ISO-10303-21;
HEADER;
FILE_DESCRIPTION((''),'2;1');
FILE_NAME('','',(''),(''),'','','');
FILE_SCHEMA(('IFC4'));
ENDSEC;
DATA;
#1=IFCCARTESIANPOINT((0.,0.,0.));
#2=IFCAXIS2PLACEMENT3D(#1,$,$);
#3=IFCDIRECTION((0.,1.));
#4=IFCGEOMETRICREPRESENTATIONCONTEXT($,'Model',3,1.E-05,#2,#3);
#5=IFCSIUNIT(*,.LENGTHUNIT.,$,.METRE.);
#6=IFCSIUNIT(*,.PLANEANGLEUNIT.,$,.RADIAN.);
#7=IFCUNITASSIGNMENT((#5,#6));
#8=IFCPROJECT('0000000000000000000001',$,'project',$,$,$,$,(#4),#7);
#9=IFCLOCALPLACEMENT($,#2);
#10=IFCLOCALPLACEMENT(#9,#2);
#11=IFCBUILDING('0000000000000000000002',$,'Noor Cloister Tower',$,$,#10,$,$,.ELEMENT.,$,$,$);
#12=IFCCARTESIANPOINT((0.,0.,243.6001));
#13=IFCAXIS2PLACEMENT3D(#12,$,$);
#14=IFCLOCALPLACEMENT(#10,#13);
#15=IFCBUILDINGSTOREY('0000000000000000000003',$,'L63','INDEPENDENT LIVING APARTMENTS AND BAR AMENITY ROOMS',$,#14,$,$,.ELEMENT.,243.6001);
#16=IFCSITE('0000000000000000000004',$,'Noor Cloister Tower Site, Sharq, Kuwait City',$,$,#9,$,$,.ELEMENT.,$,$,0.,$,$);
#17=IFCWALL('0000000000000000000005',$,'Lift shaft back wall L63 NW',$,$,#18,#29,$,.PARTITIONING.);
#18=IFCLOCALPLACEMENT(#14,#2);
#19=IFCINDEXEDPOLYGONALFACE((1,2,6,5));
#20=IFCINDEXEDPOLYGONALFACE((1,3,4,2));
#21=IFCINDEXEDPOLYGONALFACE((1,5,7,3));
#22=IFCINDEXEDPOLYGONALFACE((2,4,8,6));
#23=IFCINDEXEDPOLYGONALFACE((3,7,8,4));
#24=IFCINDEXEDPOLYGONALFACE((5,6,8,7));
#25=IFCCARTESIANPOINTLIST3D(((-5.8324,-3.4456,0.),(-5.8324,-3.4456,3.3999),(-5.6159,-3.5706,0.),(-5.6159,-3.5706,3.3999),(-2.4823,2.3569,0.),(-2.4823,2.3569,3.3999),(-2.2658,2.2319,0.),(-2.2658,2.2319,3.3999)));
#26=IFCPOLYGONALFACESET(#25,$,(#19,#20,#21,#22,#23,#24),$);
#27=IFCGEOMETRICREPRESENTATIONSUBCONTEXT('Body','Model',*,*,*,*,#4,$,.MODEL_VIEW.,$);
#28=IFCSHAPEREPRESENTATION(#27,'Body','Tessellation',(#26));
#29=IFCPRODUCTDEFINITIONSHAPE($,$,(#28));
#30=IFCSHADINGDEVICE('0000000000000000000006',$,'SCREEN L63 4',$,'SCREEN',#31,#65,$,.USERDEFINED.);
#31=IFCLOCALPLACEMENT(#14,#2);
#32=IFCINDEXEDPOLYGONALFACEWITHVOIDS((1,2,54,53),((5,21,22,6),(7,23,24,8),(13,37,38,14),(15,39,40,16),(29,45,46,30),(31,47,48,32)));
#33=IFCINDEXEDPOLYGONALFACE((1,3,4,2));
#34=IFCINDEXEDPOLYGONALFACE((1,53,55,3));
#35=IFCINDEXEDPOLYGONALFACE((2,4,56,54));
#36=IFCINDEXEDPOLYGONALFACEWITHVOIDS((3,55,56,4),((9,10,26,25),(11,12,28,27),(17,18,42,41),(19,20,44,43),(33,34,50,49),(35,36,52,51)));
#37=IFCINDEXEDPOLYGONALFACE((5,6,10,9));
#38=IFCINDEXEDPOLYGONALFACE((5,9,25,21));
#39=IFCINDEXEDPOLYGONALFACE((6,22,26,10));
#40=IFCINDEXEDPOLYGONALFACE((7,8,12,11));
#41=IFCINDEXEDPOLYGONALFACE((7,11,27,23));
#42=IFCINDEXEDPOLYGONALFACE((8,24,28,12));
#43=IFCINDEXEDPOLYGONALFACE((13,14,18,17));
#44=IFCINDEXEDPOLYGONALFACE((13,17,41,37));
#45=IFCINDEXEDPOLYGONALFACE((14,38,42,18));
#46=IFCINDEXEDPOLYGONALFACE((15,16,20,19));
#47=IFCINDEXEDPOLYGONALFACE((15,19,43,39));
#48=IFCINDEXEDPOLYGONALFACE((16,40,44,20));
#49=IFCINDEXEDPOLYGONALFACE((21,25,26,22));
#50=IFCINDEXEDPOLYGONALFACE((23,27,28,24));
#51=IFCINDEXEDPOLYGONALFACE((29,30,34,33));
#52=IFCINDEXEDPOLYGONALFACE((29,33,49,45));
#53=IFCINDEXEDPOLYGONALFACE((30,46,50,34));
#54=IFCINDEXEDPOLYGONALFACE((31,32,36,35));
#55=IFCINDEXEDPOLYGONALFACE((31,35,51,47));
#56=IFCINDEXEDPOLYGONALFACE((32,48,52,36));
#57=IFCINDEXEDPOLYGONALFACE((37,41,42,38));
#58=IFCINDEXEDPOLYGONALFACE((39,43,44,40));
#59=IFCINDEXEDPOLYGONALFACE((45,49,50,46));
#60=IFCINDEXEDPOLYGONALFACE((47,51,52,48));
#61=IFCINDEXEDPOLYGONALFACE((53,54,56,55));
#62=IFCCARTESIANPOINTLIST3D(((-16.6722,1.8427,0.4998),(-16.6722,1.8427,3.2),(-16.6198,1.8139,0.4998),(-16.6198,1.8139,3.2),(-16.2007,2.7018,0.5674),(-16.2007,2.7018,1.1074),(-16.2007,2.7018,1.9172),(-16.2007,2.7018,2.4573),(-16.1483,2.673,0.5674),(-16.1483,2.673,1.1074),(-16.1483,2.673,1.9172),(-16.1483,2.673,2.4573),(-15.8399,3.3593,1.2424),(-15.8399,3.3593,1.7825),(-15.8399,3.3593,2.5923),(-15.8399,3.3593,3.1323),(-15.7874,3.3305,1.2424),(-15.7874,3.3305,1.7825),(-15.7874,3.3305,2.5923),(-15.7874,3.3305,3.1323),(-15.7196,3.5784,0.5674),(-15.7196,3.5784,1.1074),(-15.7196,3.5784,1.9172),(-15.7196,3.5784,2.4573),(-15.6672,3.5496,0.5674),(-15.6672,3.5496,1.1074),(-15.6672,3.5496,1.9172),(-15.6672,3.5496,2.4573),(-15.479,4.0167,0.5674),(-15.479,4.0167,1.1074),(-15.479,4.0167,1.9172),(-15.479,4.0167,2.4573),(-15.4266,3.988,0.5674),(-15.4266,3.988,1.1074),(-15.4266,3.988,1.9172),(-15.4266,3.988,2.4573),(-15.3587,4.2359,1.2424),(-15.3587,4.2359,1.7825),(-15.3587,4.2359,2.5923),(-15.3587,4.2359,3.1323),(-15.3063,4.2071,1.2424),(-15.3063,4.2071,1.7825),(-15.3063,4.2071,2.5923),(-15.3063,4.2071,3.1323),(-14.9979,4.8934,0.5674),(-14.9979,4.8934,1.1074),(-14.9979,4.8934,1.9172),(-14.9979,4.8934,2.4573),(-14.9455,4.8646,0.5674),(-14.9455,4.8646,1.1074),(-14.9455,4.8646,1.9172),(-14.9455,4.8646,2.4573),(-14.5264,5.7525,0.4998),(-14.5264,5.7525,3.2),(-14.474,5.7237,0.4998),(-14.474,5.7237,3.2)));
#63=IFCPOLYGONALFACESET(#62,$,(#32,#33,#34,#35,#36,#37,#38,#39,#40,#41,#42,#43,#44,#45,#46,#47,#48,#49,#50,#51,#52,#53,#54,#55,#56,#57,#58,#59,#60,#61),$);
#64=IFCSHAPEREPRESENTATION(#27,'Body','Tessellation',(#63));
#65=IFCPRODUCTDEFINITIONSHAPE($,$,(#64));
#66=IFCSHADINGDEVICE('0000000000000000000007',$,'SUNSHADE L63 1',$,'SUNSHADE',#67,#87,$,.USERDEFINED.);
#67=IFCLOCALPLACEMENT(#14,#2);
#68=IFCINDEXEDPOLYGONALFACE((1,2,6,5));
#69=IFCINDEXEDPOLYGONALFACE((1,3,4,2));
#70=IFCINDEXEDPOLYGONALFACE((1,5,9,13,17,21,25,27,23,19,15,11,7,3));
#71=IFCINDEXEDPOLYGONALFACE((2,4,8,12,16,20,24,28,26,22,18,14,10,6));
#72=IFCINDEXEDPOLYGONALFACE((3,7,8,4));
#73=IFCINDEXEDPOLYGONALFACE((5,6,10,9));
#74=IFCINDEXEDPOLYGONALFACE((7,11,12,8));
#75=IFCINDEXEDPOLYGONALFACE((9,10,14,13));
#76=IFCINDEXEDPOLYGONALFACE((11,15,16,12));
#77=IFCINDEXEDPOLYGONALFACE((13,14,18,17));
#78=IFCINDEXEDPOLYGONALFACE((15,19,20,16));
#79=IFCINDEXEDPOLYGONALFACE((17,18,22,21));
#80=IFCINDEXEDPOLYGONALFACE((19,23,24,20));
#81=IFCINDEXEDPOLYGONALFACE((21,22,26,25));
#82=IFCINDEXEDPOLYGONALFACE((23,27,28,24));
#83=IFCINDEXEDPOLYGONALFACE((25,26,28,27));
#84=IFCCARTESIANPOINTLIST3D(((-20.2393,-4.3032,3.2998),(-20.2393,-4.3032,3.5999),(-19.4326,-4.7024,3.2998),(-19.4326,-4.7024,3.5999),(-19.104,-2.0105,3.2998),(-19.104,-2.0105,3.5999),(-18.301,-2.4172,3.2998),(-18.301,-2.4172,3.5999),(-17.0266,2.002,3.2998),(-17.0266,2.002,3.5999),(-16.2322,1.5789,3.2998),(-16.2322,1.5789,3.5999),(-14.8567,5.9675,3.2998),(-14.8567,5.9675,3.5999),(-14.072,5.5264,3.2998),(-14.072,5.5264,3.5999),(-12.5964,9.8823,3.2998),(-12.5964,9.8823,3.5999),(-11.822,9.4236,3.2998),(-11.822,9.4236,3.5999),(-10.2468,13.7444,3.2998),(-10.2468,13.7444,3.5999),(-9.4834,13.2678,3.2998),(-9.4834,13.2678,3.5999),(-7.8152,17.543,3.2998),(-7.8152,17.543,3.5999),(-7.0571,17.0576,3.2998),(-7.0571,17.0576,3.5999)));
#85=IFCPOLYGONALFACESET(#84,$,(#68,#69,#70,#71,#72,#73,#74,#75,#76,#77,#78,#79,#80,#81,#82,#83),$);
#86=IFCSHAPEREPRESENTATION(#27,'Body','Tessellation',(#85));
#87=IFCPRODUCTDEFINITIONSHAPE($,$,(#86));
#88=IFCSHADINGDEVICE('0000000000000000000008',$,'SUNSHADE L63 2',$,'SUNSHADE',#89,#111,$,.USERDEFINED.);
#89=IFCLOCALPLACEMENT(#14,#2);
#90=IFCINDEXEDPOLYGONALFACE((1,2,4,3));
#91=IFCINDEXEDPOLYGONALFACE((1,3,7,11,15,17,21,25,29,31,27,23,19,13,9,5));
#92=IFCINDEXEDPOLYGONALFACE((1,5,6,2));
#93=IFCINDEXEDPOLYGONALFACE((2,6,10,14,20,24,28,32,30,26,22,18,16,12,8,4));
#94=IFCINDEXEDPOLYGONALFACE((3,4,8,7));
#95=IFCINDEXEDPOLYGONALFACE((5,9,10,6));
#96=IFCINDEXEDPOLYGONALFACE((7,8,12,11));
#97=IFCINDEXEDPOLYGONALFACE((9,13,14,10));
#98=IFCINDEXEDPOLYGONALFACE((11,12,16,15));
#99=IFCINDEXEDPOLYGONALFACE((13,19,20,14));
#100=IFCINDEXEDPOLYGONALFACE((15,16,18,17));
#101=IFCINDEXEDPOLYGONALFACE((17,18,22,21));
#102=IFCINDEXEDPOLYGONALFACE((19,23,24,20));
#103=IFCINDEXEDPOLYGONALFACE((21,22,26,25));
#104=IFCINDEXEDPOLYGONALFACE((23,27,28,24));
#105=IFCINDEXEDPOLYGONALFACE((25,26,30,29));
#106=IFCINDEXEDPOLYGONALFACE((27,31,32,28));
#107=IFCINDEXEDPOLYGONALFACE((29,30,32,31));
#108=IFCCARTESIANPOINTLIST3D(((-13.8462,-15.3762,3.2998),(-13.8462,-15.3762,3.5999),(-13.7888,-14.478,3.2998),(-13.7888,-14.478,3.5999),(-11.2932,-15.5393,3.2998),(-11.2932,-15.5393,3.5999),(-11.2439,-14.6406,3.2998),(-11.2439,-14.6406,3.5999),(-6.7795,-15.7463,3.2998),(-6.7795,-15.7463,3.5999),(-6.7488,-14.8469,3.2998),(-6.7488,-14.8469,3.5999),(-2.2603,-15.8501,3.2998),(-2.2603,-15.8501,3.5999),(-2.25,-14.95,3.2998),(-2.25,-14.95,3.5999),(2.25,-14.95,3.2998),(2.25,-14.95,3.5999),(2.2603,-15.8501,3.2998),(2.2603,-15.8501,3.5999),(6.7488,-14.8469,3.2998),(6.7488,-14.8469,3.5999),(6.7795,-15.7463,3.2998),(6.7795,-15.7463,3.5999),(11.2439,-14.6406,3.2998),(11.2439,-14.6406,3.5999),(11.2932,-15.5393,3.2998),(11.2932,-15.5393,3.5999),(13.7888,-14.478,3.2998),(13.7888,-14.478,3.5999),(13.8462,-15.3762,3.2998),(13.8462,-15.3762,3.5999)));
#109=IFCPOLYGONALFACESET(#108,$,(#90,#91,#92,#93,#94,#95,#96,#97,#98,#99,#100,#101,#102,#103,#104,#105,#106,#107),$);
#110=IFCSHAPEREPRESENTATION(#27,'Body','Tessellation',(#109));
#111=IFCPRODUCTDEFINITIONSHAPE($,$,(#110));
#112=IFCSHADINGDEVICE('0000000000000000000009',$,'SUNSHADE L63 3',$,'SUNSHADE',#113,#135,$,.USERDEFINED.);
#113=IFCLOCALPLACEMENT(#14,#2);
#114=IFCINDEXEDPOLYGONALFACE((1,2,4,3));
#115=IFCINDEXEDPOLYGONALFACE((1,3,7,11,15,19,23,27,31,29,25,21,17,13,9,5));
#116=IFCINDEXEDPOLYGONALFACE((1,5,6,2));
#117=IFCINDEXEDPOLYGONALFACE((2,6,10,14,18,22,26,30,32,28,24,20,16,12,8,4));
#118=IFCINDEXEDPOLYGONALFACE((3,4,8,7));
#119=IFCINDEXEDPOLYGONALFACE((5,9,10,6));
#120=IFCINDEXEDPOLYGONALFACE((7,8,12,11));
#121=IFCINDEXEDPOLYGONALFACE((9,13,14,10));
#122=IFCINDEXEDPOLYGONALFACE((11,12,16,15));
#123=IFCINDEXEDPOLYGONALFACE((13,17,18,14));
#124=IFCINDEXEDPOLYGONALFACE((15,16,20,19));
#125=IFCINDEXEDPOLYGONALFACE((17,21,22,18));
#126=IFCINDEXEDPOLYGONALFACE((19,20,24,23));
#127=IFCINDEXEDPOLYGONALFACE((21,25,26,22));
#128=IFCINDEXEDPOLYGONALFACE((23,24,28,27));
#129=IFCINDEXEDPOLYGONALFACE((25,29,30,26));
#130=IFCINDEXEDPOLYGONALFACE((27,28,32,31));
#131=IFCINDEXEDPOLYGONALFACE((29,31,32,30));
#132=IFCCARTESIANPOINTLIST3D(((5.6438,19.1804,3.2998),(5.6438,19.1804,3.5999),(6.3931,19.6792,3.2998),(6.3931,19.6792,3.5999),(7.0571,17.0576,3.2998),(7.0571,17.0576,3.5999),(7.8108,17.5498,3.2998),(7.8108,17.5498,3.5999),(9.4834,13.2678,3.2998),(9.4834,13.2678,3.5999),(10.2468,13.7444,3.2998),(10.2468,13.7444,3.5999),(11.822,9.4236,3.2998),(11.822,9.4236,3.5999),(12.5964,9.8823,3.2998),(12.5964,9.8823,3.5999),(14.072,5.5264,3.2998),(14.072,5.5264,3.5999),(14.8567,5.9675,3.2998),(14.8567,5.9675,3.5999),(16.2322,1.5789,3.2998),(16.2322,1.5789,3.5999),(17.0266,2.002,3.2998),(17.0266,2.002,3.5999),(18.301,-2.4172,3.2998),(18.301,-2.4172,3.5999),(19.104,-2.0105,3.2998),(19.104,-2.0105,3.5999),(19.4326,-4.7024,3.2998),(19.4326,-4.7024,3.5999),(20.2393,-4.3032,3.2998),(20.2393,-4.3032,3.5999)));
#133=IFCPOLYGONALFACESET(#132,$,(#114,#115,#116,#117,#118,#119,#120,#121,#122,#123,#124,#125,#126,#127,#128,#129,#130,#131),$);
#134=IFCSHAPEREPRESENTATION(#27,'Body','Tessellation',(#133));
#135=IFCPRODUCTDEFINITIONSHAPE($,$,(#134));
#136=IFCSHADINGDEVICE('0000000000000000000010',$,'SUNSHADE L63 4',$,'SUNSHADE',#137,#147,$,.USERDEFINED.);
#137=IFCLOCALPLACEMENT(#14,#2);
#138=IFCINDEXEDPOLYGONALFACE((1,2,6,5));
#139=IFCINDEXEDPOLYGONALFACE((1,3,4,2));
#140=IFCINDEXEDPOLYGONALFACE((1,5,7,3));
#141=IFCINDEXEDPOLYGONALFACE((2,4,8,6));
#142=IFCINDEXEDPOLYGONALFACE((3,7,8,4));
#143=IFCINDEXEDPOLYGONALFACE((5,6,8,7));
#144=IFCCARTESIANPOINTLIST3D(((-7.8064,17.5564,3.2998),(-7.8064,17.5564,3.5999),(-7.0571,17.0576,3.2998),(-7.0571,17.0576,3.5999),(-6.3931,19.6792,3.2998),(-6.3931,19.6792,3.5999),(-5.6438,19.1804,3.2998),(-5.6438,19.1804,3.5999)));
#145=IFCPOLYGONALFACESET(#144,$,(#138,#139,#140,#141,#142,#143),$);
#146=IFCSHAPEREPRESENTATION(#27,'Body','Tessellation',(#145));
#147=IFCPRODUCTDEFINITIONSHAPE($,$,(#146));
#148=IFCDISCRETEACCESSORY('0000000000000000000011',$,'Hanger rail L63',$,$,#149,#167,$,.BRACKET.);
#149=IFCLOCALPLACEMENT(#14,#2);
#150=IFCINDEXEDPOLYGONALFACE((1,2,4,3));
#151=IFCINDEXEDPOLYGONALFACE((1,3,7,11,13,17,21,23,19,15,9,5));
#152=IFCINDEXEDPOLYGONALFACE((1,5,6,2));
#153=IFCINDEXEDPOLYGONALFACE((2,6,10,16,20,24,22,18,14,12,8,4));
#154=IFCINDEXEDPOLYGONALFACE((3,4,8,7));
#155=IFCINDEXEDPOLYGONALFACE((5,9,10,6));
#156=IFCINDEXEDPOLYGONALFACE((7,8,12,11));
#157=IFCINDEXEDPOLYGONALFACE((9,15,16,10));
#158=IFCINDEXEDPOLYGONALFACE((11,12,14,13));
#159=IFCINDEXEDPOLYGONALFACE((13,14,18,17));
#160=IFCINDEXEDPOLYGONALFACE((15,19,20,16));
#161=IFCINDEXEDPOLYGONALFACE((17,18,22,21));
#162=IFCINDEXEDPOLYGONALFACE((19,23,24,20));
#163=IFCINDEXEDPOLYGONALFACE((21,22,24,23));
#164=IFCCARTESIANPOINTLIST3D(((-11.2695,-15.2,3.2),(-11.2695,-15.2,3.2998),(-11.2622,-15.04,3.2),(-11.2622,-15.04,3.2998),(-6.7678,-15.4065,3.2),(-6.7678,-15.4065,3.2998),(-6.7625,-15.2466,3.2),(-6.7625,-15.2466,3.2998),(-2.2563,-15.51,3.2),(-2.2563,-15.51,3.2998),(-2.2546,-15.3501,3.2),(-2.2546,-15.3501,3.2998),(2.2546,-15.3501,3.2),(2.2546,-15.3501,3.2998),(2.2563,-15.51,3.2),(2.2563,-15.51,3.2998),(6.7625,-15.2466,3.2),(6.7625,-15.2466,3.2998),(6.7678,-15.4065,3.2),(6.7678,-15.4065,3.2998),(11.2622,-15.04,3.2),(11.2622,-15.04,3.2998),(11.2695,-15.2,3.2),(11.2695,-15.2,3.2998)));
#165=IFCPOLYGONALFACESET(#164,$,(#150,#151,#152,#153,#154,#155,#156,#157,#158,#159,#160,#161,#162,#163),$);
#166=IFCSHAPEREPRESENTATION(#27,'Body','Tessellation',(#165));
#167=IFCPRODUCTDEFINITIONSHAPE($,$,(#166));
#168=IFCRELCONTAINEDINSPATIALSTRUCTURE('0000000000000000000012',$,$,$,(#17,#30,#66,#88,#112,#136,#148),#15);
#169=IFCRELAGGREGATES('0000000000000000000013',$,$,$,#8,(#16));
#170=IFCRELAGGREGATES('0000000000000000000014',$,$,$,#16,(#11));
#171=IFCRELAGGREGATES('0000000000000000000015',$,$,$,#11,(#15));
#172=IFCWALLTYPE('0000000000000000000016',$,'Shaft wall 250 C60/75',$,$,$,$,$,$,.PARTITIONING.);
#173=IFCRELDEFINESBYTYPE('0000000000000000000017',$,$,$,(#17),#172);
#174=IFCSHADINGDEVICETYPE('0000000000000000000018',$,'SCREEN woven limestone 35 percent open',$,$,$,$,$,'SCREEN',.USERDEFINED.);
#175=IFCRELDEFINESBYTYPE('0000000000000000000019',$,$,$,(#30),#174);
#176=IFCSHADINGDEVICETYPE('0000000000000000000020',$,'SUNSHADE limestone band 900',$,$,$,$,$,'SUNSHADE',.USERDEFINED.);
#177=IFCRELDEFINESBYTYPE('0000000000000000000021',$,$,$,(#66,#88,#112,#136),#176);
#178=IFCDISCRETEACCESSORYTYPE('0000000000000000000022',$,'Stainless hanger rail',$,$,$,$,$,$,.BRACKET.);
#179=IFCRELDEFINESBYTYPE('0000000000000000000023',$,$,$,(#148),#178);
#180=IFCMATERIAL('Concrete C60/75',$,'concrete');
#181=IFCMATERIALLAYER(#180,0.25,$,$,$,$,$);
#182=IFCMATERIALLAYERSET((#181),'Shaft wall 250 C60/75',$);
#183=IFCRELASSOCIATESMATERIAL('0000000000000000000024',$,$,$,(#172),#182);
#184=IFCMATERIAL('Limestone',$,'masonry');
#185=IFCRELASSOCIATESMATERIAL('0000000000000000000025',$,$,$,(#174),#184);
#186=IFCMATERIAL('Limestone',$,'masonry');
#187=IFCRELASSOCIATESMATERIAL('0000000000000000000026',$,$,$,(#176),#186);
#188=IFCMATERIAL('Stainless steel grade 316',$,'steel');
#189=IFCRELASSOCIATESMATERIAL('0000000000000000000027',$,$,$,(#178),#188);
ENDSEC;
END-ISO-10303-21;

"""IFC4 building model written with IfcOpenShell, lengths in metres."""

from ifc_helpers import new_model, si_unit, direction, frame, frame_2d, origin, place, context, subcontext, project, spatial, polyline, rectangle, outline, extrude, material, layer, layer_set, material_profile, profile_set, type_object, element, save


model = new_model("IFC4")

# Units and contexts
model_context = context("Model", 3, precision=1e-05, world=origin(), true_north=direction((0.0, 1.0)))
body_context = subcontext(model_context, "Body", "Model", "MODEL_VIEW")
ifc_project = project(units=[si_unit("LENGTHUNIT", "METRE"), si_unit("PLANEANGLEUNIT", "RADIAN")], contexts=[model_context])

# Site, building, storey
site_placement = place(None, origin())
site = spatial("IfcSite", under=ifc_project, at=site_placement, Name="Noor Cloister Tower Site, Sharq, Kuwait City", CompositionType="ELEMENT", RefElevation=0.0)
building_placement = place(site_placement, origin())
building = spatial("IfcBuilding", under=site, at=building_placement, Name="Noor Cloister Tower", CompositionType="ELEMENT")
storey_placement = place(building_placement, frame((0.0, 0.0, 243.6001)))
storey = spatial("IfcBuildingStorey", under=building, at=storey_placement, Name="L63", Description="INDEPENDENT LIVING APARTMENTS AND BAR AMENITY ROOMS", CompositionType="ELEMENT", Elevation=243.6001)

# Wall
ifc_material_1 = material(Name="Concrete C60/75", Category="concrete")
ifc_layer_1 = layer(ifc_material_1, 0.25)
ifc_layer_set_1 = layer_set([ifc_layer_1], Name="Shaft wall 250 C60/75")
wall_type_1 = type_object("IfcWallType", Name="Shaft wall 250 C60/75", PredefinedType="PARTITIONING", material=ifc_layer_set_1)
wall_1_placement = place(storey_placement, frame((-2.374, 2.2944, 0.0), z_axis=(0.0, 0.0, 1.0), x_axis=(-0.500003, -0.866024, 0.0)))
element("IfcWall", 1, at=wall_1_placement, inside=storey, type_object=wall_type_1, Name="Lift shaft back wall L63 NW", PredefinedType="PARTITIONING", context=body_context, shape_type="SweptSolid", body=[
    extrude(rectangle(XDim=6.7002, YDim=0.25, at=frame_2d((3.3501, 0.0))), origin(), (0.0, 0.0, 1.0), 3.3999),
])

# Shading devices
ifc_material_2 = material(Name="Limestone", Category="masonry")
ifc_material_profile_1 = material_profile(ifc_material_2, outline(polyline([(-2.23, -1.3501), (2.23, -1.3501), (2.23, 1.3501), (-2.23, 1.3501), (-2.23, -1.3501)]), holes=[polyline([(-1.25, -1.2825), (-0.25, -1.2825), (-0.25, -0.7424), (-1.25, -0.7424), (-1.25, -1.2825)]), polyline([(0.25, -1.2825), (1.25, -1.2825), (1.25, -0.7424), (0.25, -0.7424), (0.25, -1.2825)]), polyline([(-0.5, -0.6074), (0.5, -0.6074), (0.5, -0.0674), (-0.5, -0.0674), (-0.5, -0.6074)]), polyline([(-1.25, 0.0674), (-0.25, 0.0674), (-0.25, 0.6074), (-1.25, 0.6074), (-1.25, 0.0674)]), polyline([(0.25, 0.0674), (1.25, 0.0674), (1.25, 0.6074), (0.25, 0.6074), (0.25, 0.0674)]), polyline([(-0.5, 0.7424), (0.5, 0.7424), (0.5, 1.2825), (-0.5, 1.2825), (-0.5, 0.7424)])]), Name="Woven screen 35 percent open")
ifc_profile_set_1 = profile_set([ifc_material_profile_1], Name="Limestone")
shading_device_type_1 = type_object("IfcShadingDeviceType", Name="SCREEN woven limestone 35 percent open", ElementType="SCREEN", PredefinedType="USERDEFINED", material=ifc_profile_set_1)
shading_device_1_placement = place(storey_placement, frame((-15.5469, 3.7688, 1.8499), z_axis=(-0.876646, 0.481136, 0.0), x_axis=(-0.481136, -0.876646, 0.0)))
element("IfcShadingDevice", 2, at=shading_device_1_placement, inside=storey, type_object=shading_device_type_1, Name="SCREEN L63 4", ObjectType="SCREEN", PredefinedType="USERDEFINED", context=body_context, shape_type="SweptSolid", body=[
    extrude(outline(polyline([(-2.23, -1.3501), (2.23, -1.3501), (2.23, 1.3501), (-2.23, 1.3501), (-2.23, -1.3501)]), holes=[polyline([(-1.25, -1.2825), (-0.25, -1.2825), (-0.25, -0.7424), (-1.25, -0.7424), (-1.25, -1.2825)]), polyline([(0.25, -1.2825), (1.25, -1.2825), (1.25, -0.7424), (0.25, -0.7424), (0.25, -1.2825)]), polyline([(-0.5, -0.6074), (0.5, -0.6074), (0.5, -0.0674), (-0.5, -0.0674), (-0.5, -0.6074)]), polyline([(-1.25, 0.0674), (-0.25, 0.0674), (-0.25, 0.6074), (-1.25, 0.6074), (-1.25, 0.0674)]), polyline([(0.25, 0.0674), (1.25, 0.0674), (1.25, 0.6074), (0.25, 0.6074), (0.25, 0.0674)]), polyline([(-0.5, 0.7424), (0.5, 0.7424), (0.5, 1.2825), (-0.5, 1.2825), (-0.5, 0.7424)])]), origin(), (0.0, 0.0, 1.0), 0.0598),
])
ifc_material_3 = material(Name="Limestone", Category="masonry")
shading_device_type_2 = type_object("IfcShadingDeviceType", Name="SUNSHADE limestone band 900", ElementType="SUNSHADE", PredefinedType="USERDEFINED", material=ifc_material_3)
shading_device_2_placement = place(storey_placement, frame((0.0, 0.0, 3.2998)))
element("IfcShadingDevice", 3, at=shading_device_2_placement, inside=storey, type_object=shading_device_type_2, Name="SUNSHADE L63 1", ObjectType="SUNSHADE", PredefinedType="USERDEFINED", context=body_context, shape_type="SweptSolid", body=[
    extrude(outline(polyline([(-7.8152, 17.543), (-10.2468, 13.7444), (-12.5964, 9.8823), (-14.8567, 5.9675), (-17.0266, 2.002), (-19.104, -2.0105), (-20.2393, -4.3032), (-19.4326, -4.7024), (-18.301, -2.4172), (-16.2322, 1.5789), (-14.072, 5.5264), (-11.822, 9.4236), (-9.4834, 13.2678), (-7.0571, 17.0576), (-7.8152, 17.543)])), origin(), (0.0, 0.0, 1.0), 0.3),
])
shading_device_3_placement = place(storey_placement, frame((0.0, 0.0, 3.2998)))
element("IfcShadingDevice", 4, at=shading_device_3_placement, inside=storey, type_object=shading_device_type_2, Name="SUNSHADE L63 2", ObjectType="SUNSHADE", PredefinedType="USERDEFINED", context=body_context, shape_type="SweptSolid", body=[
    extrude(outline(polyline([(-13.8462, -15.3762), (-11.2932, -15.5393), (-6.7795, -15.7463), (-2.2603, -15.8501), (2.2603, -15.8501), (6.7795, -15.7463), (11.2932, -15.5393), (13.8462, -15.3762), (13.7888, -14.478), (11.2439, -14.6406), (6.7488, -14.8469), (2.25, -14.95), (-2.25, -14.95), (-6.7488, -14.8469), (-11.2439, -14.6406), (-13.7888, -14.478), (-13.8462, -15.3762)])), origin(), (0.0, 0.0, 1.0), 0.3),
])
shading_device_4_placement = place(storey_placement, frame((0.0, 0.0, 3.2998)))
element("IfcShadingDevice", 5, at=shading_device_4_placement, inside=storey, type_object=shading_device_type_2, Name="SUNSHADE L63 3", ObjectType="SUNSHADE", PredefinedType="USERDEFINED", context=body_context, shape_type="SweptSolid", body=[
    extrude(outline(polyline([(20.2393, -4.3032), (19.104, -2.0105), (17.0266, 2.002), (14.8567, 5.9675), (12.5964, 9.8823), (10.2468, 13.7444), (7.8108, 17.5498), (6.3931, 19.6792), (5.6438, 19.1804), (7.0571, 17.0576), (9.4834, 13.2678), (11.822, 9.4236), (14.072, 5.5264), (16.2322, 1.5789), (18.301, -2.4172), (19.4326, -4.7024), (20.2393, -4.3032)])), origin(), (0.0, 0.0, 1.0), 0.3),
])
shading_device_5_placement = place(storey_placement, frame((0.0, 0.0, 3.2998)))
element("IfcShadingDevice", 6, at=shading_device_5_placement, inside=storey, type_object=shading_device_type_2, Name="SUNSHADE L63 4", ObjectType="SUNSHADE", PredefinedType="USERDEFINED", context=body_context, shape_type="SweptSolid", body=[
    extrude(outline(polyline([(-6.3931, 19.6792), (-7.8064, 17.5564), (-7.0571, 17.0576), (-5.6438, 19.1804), (-6.3931, 19.6792)])), origin(), (0.0, 0.0, 1.0), 0.3),
])

# Discrete accessory
ifc_material_4 = material(Name="Stainless steel grade 316", Category="steel")
discrete_accessory_type = type_object("IfcDiscreteAccessoryType", Name="Stainless hanger rail", PredefinedType="BRACKET", material=ifc_material_4)
discrete_accessory_1_placement = place(storey_placement, frame((0.0, 0.0, 3.2)))
element("IfcDiscreteAccessory", 7, at=discrete_accessory_1_placement, inside=storey, type_object=discrete_accessory_type, Name="Hanger rail L63", PredefinedType="BRACKET", context=body_context, shape_type="SweptSolid", body=[
    extrude(outline(polyline([(-11.2695, -15.2), (-6.7678, -15.4065), (-2.2563, -15.51), (2.2563, -15.51), (6.7678, -15.4065), (11.2695, -15.2), (11.2622, -15.04), (6.7625, -15.2466), (2.2546, -15.3501), (-2.2546, -15.3501), (-6.7625, -15.2466), (-11.2622, -15.04), (-11.2695, -15.2)])), origin(), (0.0, 0.0, 1.0), 0.0999),
])

save(model, "model.ifc")
